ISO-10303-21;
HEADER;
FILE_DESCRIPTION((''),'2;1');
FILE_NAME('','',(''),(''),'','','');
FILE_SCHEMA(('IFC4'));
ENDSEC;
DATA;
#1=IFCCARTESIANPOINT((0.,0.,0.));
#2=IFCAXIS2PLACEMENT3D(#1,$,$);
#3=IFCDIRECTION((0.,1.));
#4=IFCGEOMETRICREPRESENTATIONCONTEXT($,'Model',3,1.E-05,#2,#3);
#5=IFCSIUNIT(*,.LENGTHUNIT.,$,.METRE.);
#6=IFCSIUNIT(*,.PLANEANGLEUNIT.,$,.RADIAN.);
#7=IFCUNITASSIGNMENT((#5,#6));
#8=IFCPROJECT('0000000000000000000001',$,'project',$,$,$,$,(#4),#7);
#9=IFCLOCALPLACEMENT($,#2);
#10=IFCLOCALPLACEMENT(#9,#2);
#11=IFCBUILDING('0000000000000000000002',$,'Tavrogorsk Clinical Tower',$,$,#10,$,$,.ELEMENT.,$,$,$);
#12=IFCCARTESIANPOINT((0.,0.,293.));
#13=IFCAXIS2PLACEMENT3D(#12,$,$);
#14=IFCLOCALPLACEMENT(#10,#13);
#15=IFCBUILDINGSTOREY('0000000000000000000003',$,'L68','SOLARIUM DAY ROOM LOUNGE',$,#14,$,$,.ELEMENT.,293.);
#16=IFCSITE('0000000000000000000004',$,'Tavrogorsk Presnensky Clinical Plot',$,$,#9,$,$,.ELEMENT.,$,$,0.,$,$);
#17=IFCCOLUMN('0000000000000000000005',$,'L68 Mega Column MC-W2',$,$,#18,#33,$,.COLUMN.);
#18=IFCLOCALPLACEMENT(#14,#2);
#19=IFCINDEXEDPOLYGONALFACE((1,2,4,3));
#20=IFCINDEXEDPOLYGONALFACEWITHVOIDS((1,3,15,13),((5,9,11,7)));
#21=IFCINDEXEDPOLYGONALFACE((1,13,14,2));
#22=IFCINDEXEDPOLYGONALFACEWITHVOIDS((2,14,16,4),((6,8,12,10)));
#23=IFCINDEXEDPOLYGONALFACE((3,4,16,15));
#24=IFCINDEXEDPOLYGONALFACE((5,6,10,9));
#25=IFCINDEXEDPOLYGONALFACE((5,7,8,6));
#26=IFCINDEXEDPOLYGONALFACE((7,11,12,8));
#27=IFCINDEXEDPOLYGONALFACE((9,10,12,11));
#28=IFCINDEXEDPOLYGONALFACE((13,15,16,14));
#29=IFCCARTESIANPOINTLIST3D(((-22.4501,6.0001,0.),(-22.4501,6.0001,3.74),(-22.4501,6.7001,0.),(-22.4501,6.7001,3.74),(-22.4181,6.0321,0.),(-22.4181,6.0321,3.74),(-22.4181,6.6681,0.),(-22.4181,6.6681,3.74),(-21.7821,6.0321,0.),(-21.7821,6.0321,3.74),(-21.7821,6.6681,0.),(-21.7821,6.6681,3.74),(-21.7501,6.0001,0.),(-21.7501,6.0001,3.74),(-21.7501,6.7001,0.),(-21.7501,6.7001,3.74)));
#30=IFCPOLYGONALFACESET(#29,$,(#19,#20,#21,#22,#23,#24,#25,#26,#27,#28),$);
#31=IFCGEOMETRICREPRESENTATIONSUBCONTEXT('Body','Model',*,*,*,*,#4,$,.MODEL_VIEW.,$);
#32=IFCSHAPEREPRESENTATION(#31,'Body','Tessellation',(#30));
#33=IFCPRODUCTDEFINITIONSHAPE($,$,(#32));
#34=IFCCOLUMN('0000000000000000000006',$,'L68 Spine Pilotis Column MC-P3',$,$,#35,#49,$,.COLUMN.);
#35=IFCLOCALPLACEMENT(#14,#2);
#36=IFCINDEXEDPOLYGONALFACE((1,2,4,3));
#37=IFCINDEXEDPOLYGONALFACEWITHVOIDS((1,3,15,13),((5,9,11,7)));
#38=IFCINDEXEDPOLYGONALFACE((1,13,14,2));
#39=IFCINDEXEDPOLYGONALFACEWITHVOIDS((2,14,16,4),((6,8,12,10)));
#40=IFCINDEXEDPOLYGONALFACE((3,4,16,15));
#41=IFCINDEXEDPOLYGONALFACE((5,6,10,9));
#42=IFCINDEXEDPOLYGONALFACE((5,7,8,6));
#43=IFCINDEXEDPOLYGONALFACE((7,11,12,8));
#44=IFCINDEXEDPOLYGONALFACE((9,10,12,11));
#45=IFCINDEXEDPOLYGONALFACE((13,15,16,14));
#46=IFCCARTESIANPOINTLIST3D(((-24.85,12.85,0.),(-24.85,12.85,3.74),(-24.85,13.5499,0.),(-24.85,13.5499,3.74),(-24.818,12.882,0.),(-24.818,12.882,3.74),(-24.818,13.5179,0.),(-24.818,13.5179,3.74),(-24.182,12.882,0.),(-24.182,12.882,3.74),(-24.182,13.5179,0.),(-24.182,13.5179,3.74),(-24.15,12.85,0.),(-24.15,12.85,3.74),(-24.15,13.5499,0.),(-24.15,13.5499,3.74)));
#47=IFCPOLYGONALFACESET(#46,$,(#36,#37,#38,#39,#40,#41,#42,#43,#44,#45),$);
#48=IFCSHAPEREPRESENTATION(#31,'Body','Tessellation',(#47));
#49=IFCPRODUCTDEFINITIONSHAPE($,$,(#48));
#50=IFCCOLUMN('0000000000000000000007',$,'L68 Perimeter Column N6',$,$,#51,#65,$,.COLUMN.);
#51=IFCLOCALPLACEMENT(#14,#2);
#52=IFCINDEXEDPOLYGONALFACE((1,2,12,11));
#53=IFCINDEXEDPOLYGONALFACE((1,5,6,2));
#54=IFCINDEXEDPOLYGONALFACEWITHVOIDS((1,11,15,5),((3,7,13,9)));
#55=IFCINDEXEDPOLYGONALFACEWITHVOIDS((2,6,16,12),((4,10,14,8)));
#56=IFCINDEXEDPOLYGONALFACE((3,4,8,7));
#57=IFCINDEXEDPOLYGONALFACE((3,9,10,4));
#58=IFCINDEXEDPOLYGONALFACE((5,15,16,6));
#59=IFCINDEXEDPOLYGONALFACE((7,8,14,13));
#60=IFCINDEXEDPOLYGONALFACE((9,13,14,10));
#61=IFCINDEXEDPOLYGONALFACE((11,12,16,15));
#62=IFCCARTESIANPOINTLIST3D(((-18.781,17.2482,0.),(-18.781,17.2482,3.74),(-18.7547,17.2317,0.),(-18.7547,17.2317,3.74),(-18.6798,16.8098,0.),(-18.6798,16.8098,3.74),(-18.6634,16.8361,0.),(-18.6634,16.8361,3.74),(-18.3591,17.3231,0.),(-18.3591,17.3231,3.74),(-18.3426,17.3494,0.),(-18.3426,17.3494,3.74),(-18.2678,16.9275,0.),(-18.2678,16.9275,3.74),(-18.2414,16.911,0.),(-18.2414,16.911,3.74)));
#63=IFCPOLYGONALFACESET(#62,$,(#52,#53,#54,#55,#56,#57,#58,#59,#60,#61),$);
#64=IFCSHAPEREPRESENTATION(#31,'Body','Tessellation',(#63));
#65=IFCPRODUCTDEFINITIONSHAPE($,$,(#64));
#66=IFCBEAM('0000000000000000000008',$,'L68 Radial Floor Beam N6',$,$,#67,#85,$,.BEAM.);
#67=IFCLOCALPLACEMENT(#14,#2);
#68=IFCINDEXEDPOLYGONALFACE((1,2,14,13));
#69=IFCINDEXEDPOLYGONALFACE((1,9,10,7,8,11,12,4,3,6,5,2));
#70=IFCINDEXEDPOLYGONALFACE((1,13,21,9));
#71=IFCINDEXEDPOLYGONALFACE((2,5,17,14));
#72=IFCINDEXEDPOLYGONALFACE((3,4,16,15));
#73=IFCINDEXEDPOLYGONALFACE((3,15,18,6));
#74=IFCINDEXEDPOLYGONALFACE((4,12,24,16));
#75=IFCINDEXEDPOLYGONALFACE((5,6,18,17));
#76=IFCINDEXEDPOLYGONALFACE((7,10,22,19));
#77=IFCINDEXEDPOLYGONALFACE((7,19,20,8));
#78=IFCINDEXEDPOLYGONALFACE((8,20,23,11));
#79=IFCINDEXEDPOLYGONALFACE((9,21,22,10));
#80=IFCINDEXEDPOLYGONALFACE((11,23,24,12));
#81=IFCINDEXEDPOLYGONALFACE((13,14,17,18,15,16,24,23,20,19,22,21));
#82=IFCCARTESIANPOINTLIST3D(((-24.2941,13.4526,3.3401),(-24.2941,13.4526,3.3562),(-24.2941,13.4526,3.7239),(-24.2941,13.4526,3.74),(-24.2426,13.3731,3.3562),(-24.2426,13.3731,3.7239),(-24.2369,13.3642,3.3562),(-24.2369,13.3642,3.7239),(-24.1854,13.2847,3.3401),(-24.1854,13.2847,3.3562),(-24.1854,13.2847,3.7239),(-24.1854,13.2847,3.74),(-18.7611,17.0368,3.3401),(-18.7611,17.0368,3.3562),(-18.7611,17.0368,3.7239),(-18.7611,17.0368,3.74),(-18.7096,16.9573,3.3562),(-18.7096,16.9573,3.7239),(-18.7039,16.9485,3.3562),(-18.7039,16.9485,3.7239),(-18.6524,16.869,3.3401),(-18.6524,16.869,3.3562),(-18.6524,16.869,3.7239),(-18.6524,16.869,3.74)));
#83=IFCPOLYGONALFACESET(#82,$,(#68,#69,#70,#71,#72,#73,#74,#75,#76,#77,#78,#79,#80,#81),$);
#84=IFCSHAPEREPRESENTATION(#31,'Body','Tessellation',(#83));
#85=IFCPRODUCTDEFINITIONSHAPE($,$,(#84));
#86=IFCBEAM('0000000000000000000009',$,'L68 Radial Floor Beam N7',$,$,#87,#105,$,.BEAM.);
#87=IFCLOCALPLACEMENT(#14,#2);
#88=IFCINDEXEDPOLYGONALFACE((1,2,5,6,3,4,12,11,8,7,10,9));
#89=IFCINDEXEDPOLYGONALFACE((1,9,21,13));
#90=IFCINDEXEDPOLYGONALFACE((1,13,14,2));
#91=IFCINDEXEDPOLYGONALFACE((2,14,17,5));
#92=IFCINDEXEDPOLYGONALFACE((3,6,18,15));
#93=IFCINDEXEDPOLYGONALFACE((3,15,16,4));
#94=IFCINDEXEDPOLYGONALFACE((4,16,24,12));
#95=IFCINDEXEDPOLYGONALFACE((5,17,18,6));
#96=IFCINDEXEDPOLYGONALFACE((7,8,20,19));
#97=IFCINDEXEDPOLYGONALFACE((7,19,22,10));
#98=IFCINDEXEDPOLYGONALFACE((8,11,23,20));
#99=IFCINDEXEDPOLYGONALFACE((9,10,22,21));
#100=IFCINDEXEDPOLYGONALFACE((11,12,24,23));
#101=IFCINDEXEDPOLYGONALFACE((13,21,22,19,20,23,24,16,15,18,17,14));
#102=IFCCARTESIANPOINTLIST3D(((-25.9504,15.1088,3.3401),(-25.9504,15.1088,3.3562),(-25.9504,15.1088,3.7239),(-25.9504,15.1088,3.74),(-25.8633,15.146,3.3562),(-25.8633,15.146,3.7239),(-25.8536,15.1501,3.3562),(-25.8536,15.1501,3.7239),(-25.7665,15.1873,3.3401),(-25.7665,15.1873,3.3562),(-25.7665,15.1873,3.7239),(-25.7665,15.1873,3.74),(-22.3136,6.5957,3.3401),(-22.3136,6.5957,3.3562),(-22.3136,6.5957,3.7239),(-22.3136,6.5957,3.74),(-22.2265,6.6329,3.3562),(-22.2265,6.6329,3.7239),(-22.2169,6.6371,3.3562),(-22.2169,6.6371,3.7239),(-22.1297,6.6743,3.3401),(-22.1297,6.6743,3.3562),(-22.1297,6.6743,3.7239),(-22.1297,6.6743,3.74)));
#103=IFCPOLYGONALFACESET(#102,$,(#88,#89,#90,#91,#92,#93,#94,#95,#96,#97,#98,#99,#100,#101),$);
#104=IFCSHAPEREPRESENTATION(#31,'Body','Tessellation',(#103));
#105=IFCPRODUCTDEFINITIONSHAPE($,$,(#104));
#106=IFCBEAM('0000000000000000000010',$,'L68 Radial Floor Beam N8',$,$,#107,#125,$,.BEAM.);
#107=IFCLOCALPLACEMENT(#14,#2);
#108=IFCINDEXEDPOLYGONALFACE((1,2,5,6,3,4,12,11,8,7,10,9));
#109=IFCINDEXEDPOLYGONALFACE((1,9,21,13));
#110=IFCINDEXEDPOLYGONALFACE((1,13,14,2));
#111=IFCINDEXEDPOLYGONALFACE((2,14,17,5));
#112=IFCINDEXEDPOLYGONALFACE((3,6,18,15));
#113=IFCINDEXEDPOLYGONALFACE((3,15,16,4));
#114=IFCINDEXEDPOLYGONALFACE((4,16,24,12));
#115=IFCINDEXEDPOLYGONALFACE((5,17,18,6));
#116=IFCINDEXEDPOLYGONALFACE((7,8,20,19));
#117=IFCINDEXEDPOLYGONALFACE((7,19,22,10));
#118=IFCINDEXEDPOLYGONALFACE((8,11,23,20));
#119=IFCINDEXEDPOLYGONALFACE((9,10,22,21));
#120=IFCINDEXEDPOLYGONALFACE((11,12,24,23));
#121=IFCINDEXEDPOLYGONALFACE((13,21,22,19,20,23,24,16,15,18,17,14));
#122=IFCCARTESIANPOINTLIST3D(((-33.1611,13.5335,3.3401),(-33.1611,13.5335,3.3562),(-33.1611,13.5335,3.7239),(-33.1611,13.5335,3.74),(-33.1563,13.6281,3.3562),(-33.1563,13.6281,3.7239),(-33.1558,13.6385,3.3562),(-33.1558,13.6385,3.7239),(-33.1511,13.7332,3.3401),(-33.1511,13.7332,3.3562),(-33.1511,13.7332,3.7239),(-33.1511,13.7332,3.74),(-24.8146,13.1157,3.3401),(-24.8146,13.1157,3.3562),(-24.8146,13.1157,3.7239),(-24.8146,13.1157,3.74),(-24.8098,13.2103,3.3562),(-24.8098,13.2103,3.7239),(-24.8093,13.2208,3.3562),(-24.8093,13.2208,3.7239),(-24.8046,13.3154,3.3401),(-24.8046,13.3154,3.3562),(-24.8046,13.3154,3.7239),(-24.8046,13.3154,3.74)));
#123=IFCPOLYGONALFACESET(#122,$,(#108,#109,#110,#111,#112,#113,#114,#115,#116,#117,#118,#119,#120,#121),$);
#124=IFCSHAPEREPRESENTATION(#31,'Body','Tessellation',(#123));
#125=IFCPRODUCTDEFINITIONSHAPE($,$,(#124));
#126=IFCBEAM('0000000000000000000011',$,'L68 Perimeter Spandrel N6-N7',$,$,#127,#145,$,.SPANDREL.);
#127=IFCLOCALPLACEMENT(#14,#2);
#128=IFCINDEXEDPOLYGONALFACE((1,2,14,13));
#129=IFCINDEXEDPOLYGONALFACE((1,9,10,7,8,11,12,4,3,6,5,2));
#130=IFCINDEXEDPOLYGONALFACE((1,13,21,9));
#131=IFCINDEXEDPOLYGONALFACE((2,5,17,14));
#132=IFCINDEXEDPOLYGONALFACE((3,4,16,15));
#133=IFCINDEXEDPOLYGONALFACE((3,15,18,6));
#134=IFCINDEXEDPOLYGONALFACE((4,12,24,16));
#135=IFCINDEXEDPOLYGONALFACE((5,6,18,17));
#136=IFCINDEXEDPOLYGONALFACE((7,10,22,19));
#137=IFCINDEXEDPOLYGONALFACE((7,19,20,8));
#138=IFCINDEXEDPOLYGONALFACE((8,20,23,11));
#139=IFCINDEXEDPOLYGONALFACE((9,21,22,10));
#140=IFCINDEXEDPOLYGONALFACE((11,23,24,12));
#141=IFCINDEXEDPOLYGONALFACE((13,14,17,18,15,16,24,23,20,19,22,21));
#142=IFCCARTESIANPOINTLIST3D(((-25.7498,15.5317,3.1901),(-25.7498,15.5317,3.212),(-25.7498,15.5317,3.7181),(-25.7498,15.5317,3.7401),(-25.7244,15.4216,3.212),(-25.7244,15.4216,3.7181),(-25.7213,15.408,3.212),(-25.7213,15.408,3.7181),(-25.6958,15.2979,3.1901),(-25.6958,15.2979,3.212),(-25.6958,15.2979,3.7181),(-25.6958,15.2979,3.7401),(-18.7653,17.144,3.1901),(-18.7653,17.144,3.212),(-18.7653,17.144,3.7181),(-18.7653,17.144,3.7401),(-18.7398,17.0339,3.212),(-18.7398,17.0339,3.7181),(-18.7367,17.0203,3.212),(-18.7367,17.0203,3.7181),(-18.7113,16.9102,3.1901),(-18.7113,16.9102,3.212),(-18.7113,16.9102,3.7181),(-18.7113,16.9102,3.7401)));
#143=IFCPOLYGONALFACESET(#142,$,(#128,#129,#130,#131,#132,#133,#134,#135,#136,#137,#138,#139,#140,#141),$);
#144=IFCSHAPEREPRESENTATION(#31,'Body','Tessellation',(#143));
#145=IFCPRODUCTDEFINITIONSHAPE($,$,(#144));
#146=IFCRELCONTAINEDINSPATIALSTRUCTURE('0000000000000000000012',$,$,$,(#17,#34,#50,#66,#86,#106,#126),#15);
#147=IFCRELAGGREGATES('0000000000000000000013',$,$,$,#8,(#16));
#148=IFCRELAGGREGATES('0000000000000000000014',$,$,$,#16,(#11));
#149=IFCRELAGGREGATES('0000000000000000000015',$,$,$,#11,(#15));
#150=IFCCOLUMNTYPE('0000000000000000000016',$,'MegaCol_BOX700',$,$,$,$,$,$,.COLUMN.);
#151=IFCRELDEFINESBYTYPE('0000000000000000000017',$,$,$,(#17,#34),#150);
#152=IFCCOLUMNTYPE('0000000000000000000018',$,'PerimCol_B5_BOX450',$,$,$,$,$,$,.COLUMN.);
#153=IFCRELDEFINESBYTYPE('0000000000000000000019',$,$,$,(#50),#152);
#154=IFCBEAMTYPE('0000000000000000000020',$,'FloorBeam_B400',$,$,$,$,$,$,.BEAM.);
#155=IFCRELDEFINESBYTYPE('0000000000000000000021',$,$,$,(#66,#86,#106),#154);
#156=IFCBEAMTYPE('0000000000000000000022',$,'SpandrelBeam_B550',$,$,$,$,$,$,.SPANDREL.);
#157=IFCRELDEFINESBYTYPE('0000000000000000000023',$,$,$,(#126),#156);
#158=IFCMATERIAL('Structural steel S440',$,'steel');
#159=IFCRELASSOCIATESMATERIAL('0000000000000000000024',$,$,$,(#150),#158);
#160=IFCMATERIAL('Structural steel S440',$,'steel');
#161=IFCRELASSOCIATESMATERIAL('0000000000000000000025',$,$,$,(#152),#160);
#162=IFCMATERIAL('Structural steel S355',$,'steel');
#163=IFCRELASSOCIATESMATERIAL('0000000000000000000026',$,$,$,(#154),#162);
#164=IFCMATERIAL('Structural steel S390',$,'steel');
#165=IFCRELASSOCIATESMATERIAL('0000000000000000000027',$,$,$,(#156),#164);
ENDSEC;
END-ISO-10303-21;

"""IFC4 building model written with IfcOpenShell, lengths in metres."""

from ifc_helpers import new_model, si_unit, direction, frame, origin, origin_2d, place, context, subcontext, project, spatial, hollow_rectangle, i_section, extrude, material, material_profile, profile_set, type_object, element, save


model = new_model("IFC4")

# Units and contexts
model_context = context("Model", 3, precision=1e-05, world=origin(), true_north=direction((0.0, 1.0)))
body_context = subcontext(model_context, "Body", "Model", "MODEL_VIEW")
ifc_project = project(units=[si_unit("LENGTHUNIT", "METRE"), si_unit("PLANEANGLEUNIT", "RADIAN")], contexts=[model_context])

# Site, building, storey
site_placement = place(None, origin())
site = spatial("IfcSite", under=ifc_project, at=site_placement, Name="Tavrogorsk Presnensky Clinical Plot", CompositionType="ELEMENT", RefElevation=0.0)
building_placement = place(site_placement, origin())
building = spatial("IfcBuilding", under=site, at=building_placement, Name="Tavrogorsk Clinical Tower", CompositionType="ELEMENT")
storey_placement = place(building_placement, frame((0.0, 0.0, 293.0)))
storey = spatial("IfcBuildingStorey", under=building, at=storey_placement, Name="L68", Description="SOLARIUM DAY ROOM LOUNGE", CompositionType="ELEMENT", Elevation=293.0)

# Columns
ifc_material_1 = material(Name="Structural steel S440", Category="steel")
ifc_material_profile_1 = material_profile(ifc_material_1, hollow_rectangle(XDim=0.7, YDim=0.7, WallThickness=0.032, at=origin_2d()), Name="BOX-700x700x32")
ifc_profile_set_1 = profile_set([ifc_material_profile_1], Name="Structural steel S440")
column_type_1 = type_object("IfcColumnType", Name="MegaCol_BOX700", PredefinedType="COLUMN", material=ifc_profile_set_1)
for number, where, z_axis, x_axis, name in (
    (1, (-22.1001, 6.3501, 0.0), (0.0, 0.0, 1.0), (1.0, 0.0, 0.0), "L68 Mega Column MC-W2"),
    (2, (-24.5, 13.2, 0.0), (0.0, 0.0, 1.0), (1.0, 0.0, 0.0), "L68 Spine Pilotis Column MC-P3"),
):
    element("IfcColumn", number, at=place(storey_placement, frame(where, z_axis=z_axis, x_axis=x_axis)), inside=storey, type_object=column_type_1, Name=name, PredefinedType="COLUMN", context=body_context, shape_type="SweptSolid", body=[
        extrude(hollow_rectangle(XDim=0.7, YDim=0.7, WallThickness=0.032, at=origin_2d()), origin(), (0.0, 0.0, 1.0), 3.74),
    ])
ifc_material_2 = material(Name="Structural steel S440", Category="steel")
ifc_material_profile_2 = material_profile(ifc_material_2, hollow_rectangle(XDim=0.45, YDim=0.45, WallThickness=0.022, at=origin_2d()), Name="BOX-450x450x22")
ifc_profile_set_2 = profile_set([ifc_material_profile_2], Name="Structural steel S440")
column_type_2 = type_object("IfcColumnType", Name="PerimCol_B5_BOX450", PredefinedType="COLUMN", material=ifc_profile_set_2)
column_placement = place(storey_placement, frame((-18.5112, 17.0796, 0.0), z_axis=(0.0, 0.0, 1.0), x_axis=(0.97437, 0.224951, 0.0)))
element("IfcColumn", 3, at=column_placement, inside=storey, type_object=column_type_2, Name="L68 Perimeter Column N6", PredefinedType="COLUMN", context=body_context, shape_type="SweptSolid", body=[
    extrude(hollow_rectangle(XDim=0.45, YDim=0.45, WallThickness=0.022, at=origin_2d()), origin(), (0.0, 0.0, 1.0), 3.74),
])

# Beams
ifc_material_3 = material(Name="Structural steel S355", Category="steel")
ifc_material_profile_3 = material_profile(ifc_material_3, i_section(OverallWidth=0.2, OverallDepth=0.3999, WebThickness=0.0105, FlangeThickness=0.0161, at=origin_2d()), Name="B-400x200x10.5x16")
ifc_profile_set_3 = profile_set([ifc_material_profile_3], Name="Structural steel S355")
beam_type_1 = type_object("IfcBeamType", Name="FloorBeam_B400", PredefinedType="BEAM", material=ifc_profile_set_3)
beam_1_placement = place(storey_placement, frame((-24.2397, 13.3687, 3.54), z_axis=(0.839288, 0.543687, 0.0), x_axis=(-0.543687, 0.839288, 0.0)))
element("IfcBeam", 4, at=beam_1_placement, inside=storey, type_object=beam_type_1, Name="L68 Radial Floor Beam N6", PredefinedType="BEAM", context=body_context, shape_type="SweptSolid", body=[
    extrude(i_section(OverallWidth=0.2, OverallDepth=0.3999, WebThickness=0.0105, FlangeThickness=0.0161, at=origin_2d()), origin(), (0.0, 0.0, 1.0), 6.5925),
])
beam_2_placement = place(storey_placement, frame((-22.2217, 6.635, 3.54), z_axis=(-0.392853, 0.919601, 0.0), x_axis=(-0.919601, -0.392853, 0.0)))
element("IfcBeam", 5, at=beam_2_placement, inside=storey, type_object=beam_type_1, Name="L68 Radial Floor Beam N7", PredefinedType="BEAM", context=body_context, shape_type="SweptSolid", body=[
    extrude(i_section(OverallWidth=0.2, OverallDepth=0.3999, WebThickness=0.0105, FlangeThickness=0.0161, at=origin_2d()), origin(), (0.0, 0.0, 1.0), 9.2573),
])
beam_3_placement = place(storey_placement, frame((-24.8096, 13.2156, 3.54), z_axis=(-0.99875, 0.049986, 0.0), x_axis=(-0.049986, -0.99875, 0.0)))
element("IfcBeam", 6, at=beam_3_placement, inside=storey, type_object=beam_type_1, Name="L68 Radial Floor Beam N8", PredefinedType="BEAM", context=body_context, shape_type="SweptSolid", body=[
    extrude(i_section(OverallWidth=0.2, OverallDepth=0.3999, WebThickness=0.0105, FlangeThickness=0.0161, at=origin_2d()), origin(), (0.0, 0.0, 1.0), 8.3569),
])
ifc_material_4 = material(Name="Structural steel S390", Category="steel")
ifc_material_profile_4 = material_profile(ifc_material_4, i_section(OverallWidth=0.24, OverallDepth=0.55, WebThickness=0.0139, FlangeThickness=0.022, at=origin_2d()), Name="B-550x240x14x22")
ifc_profile_set_4 = profile_set([ifc_material_profile_4], Name="Structural steel S390")
beam_type_2 = type_object("IfcBeamType", Name="SpandrelBeam_B550", PredefinedType="SPANDREL", material=ifc_profile_set_4)
beam_4_placement = place(storey_placement, frame((-18.7383, 17.0271, 3.4651), z_axis=(-0.974377, -0.224922, 0.0), x_axis=(0.224922, -0.974377, 0.0)))
element("IfcBeam", 7, at=beam_4_placement, inside=storey, type_object=beam_type_2, Name="L68 Perimeter Spandrel N6-N7", PredefinedType="SPANDREL", context=body_context, shape_type="SweptSolid", body=[
    extrude(i_section(OverallWidth=0.24, OverallDepth=0.55, WebThickness=0.0139, FlangeThickness=0.022, at=origin_2d()), origin(), (0.0, 0.0, 1.0), 7.1682),
])

save(model, "model.ifc")
